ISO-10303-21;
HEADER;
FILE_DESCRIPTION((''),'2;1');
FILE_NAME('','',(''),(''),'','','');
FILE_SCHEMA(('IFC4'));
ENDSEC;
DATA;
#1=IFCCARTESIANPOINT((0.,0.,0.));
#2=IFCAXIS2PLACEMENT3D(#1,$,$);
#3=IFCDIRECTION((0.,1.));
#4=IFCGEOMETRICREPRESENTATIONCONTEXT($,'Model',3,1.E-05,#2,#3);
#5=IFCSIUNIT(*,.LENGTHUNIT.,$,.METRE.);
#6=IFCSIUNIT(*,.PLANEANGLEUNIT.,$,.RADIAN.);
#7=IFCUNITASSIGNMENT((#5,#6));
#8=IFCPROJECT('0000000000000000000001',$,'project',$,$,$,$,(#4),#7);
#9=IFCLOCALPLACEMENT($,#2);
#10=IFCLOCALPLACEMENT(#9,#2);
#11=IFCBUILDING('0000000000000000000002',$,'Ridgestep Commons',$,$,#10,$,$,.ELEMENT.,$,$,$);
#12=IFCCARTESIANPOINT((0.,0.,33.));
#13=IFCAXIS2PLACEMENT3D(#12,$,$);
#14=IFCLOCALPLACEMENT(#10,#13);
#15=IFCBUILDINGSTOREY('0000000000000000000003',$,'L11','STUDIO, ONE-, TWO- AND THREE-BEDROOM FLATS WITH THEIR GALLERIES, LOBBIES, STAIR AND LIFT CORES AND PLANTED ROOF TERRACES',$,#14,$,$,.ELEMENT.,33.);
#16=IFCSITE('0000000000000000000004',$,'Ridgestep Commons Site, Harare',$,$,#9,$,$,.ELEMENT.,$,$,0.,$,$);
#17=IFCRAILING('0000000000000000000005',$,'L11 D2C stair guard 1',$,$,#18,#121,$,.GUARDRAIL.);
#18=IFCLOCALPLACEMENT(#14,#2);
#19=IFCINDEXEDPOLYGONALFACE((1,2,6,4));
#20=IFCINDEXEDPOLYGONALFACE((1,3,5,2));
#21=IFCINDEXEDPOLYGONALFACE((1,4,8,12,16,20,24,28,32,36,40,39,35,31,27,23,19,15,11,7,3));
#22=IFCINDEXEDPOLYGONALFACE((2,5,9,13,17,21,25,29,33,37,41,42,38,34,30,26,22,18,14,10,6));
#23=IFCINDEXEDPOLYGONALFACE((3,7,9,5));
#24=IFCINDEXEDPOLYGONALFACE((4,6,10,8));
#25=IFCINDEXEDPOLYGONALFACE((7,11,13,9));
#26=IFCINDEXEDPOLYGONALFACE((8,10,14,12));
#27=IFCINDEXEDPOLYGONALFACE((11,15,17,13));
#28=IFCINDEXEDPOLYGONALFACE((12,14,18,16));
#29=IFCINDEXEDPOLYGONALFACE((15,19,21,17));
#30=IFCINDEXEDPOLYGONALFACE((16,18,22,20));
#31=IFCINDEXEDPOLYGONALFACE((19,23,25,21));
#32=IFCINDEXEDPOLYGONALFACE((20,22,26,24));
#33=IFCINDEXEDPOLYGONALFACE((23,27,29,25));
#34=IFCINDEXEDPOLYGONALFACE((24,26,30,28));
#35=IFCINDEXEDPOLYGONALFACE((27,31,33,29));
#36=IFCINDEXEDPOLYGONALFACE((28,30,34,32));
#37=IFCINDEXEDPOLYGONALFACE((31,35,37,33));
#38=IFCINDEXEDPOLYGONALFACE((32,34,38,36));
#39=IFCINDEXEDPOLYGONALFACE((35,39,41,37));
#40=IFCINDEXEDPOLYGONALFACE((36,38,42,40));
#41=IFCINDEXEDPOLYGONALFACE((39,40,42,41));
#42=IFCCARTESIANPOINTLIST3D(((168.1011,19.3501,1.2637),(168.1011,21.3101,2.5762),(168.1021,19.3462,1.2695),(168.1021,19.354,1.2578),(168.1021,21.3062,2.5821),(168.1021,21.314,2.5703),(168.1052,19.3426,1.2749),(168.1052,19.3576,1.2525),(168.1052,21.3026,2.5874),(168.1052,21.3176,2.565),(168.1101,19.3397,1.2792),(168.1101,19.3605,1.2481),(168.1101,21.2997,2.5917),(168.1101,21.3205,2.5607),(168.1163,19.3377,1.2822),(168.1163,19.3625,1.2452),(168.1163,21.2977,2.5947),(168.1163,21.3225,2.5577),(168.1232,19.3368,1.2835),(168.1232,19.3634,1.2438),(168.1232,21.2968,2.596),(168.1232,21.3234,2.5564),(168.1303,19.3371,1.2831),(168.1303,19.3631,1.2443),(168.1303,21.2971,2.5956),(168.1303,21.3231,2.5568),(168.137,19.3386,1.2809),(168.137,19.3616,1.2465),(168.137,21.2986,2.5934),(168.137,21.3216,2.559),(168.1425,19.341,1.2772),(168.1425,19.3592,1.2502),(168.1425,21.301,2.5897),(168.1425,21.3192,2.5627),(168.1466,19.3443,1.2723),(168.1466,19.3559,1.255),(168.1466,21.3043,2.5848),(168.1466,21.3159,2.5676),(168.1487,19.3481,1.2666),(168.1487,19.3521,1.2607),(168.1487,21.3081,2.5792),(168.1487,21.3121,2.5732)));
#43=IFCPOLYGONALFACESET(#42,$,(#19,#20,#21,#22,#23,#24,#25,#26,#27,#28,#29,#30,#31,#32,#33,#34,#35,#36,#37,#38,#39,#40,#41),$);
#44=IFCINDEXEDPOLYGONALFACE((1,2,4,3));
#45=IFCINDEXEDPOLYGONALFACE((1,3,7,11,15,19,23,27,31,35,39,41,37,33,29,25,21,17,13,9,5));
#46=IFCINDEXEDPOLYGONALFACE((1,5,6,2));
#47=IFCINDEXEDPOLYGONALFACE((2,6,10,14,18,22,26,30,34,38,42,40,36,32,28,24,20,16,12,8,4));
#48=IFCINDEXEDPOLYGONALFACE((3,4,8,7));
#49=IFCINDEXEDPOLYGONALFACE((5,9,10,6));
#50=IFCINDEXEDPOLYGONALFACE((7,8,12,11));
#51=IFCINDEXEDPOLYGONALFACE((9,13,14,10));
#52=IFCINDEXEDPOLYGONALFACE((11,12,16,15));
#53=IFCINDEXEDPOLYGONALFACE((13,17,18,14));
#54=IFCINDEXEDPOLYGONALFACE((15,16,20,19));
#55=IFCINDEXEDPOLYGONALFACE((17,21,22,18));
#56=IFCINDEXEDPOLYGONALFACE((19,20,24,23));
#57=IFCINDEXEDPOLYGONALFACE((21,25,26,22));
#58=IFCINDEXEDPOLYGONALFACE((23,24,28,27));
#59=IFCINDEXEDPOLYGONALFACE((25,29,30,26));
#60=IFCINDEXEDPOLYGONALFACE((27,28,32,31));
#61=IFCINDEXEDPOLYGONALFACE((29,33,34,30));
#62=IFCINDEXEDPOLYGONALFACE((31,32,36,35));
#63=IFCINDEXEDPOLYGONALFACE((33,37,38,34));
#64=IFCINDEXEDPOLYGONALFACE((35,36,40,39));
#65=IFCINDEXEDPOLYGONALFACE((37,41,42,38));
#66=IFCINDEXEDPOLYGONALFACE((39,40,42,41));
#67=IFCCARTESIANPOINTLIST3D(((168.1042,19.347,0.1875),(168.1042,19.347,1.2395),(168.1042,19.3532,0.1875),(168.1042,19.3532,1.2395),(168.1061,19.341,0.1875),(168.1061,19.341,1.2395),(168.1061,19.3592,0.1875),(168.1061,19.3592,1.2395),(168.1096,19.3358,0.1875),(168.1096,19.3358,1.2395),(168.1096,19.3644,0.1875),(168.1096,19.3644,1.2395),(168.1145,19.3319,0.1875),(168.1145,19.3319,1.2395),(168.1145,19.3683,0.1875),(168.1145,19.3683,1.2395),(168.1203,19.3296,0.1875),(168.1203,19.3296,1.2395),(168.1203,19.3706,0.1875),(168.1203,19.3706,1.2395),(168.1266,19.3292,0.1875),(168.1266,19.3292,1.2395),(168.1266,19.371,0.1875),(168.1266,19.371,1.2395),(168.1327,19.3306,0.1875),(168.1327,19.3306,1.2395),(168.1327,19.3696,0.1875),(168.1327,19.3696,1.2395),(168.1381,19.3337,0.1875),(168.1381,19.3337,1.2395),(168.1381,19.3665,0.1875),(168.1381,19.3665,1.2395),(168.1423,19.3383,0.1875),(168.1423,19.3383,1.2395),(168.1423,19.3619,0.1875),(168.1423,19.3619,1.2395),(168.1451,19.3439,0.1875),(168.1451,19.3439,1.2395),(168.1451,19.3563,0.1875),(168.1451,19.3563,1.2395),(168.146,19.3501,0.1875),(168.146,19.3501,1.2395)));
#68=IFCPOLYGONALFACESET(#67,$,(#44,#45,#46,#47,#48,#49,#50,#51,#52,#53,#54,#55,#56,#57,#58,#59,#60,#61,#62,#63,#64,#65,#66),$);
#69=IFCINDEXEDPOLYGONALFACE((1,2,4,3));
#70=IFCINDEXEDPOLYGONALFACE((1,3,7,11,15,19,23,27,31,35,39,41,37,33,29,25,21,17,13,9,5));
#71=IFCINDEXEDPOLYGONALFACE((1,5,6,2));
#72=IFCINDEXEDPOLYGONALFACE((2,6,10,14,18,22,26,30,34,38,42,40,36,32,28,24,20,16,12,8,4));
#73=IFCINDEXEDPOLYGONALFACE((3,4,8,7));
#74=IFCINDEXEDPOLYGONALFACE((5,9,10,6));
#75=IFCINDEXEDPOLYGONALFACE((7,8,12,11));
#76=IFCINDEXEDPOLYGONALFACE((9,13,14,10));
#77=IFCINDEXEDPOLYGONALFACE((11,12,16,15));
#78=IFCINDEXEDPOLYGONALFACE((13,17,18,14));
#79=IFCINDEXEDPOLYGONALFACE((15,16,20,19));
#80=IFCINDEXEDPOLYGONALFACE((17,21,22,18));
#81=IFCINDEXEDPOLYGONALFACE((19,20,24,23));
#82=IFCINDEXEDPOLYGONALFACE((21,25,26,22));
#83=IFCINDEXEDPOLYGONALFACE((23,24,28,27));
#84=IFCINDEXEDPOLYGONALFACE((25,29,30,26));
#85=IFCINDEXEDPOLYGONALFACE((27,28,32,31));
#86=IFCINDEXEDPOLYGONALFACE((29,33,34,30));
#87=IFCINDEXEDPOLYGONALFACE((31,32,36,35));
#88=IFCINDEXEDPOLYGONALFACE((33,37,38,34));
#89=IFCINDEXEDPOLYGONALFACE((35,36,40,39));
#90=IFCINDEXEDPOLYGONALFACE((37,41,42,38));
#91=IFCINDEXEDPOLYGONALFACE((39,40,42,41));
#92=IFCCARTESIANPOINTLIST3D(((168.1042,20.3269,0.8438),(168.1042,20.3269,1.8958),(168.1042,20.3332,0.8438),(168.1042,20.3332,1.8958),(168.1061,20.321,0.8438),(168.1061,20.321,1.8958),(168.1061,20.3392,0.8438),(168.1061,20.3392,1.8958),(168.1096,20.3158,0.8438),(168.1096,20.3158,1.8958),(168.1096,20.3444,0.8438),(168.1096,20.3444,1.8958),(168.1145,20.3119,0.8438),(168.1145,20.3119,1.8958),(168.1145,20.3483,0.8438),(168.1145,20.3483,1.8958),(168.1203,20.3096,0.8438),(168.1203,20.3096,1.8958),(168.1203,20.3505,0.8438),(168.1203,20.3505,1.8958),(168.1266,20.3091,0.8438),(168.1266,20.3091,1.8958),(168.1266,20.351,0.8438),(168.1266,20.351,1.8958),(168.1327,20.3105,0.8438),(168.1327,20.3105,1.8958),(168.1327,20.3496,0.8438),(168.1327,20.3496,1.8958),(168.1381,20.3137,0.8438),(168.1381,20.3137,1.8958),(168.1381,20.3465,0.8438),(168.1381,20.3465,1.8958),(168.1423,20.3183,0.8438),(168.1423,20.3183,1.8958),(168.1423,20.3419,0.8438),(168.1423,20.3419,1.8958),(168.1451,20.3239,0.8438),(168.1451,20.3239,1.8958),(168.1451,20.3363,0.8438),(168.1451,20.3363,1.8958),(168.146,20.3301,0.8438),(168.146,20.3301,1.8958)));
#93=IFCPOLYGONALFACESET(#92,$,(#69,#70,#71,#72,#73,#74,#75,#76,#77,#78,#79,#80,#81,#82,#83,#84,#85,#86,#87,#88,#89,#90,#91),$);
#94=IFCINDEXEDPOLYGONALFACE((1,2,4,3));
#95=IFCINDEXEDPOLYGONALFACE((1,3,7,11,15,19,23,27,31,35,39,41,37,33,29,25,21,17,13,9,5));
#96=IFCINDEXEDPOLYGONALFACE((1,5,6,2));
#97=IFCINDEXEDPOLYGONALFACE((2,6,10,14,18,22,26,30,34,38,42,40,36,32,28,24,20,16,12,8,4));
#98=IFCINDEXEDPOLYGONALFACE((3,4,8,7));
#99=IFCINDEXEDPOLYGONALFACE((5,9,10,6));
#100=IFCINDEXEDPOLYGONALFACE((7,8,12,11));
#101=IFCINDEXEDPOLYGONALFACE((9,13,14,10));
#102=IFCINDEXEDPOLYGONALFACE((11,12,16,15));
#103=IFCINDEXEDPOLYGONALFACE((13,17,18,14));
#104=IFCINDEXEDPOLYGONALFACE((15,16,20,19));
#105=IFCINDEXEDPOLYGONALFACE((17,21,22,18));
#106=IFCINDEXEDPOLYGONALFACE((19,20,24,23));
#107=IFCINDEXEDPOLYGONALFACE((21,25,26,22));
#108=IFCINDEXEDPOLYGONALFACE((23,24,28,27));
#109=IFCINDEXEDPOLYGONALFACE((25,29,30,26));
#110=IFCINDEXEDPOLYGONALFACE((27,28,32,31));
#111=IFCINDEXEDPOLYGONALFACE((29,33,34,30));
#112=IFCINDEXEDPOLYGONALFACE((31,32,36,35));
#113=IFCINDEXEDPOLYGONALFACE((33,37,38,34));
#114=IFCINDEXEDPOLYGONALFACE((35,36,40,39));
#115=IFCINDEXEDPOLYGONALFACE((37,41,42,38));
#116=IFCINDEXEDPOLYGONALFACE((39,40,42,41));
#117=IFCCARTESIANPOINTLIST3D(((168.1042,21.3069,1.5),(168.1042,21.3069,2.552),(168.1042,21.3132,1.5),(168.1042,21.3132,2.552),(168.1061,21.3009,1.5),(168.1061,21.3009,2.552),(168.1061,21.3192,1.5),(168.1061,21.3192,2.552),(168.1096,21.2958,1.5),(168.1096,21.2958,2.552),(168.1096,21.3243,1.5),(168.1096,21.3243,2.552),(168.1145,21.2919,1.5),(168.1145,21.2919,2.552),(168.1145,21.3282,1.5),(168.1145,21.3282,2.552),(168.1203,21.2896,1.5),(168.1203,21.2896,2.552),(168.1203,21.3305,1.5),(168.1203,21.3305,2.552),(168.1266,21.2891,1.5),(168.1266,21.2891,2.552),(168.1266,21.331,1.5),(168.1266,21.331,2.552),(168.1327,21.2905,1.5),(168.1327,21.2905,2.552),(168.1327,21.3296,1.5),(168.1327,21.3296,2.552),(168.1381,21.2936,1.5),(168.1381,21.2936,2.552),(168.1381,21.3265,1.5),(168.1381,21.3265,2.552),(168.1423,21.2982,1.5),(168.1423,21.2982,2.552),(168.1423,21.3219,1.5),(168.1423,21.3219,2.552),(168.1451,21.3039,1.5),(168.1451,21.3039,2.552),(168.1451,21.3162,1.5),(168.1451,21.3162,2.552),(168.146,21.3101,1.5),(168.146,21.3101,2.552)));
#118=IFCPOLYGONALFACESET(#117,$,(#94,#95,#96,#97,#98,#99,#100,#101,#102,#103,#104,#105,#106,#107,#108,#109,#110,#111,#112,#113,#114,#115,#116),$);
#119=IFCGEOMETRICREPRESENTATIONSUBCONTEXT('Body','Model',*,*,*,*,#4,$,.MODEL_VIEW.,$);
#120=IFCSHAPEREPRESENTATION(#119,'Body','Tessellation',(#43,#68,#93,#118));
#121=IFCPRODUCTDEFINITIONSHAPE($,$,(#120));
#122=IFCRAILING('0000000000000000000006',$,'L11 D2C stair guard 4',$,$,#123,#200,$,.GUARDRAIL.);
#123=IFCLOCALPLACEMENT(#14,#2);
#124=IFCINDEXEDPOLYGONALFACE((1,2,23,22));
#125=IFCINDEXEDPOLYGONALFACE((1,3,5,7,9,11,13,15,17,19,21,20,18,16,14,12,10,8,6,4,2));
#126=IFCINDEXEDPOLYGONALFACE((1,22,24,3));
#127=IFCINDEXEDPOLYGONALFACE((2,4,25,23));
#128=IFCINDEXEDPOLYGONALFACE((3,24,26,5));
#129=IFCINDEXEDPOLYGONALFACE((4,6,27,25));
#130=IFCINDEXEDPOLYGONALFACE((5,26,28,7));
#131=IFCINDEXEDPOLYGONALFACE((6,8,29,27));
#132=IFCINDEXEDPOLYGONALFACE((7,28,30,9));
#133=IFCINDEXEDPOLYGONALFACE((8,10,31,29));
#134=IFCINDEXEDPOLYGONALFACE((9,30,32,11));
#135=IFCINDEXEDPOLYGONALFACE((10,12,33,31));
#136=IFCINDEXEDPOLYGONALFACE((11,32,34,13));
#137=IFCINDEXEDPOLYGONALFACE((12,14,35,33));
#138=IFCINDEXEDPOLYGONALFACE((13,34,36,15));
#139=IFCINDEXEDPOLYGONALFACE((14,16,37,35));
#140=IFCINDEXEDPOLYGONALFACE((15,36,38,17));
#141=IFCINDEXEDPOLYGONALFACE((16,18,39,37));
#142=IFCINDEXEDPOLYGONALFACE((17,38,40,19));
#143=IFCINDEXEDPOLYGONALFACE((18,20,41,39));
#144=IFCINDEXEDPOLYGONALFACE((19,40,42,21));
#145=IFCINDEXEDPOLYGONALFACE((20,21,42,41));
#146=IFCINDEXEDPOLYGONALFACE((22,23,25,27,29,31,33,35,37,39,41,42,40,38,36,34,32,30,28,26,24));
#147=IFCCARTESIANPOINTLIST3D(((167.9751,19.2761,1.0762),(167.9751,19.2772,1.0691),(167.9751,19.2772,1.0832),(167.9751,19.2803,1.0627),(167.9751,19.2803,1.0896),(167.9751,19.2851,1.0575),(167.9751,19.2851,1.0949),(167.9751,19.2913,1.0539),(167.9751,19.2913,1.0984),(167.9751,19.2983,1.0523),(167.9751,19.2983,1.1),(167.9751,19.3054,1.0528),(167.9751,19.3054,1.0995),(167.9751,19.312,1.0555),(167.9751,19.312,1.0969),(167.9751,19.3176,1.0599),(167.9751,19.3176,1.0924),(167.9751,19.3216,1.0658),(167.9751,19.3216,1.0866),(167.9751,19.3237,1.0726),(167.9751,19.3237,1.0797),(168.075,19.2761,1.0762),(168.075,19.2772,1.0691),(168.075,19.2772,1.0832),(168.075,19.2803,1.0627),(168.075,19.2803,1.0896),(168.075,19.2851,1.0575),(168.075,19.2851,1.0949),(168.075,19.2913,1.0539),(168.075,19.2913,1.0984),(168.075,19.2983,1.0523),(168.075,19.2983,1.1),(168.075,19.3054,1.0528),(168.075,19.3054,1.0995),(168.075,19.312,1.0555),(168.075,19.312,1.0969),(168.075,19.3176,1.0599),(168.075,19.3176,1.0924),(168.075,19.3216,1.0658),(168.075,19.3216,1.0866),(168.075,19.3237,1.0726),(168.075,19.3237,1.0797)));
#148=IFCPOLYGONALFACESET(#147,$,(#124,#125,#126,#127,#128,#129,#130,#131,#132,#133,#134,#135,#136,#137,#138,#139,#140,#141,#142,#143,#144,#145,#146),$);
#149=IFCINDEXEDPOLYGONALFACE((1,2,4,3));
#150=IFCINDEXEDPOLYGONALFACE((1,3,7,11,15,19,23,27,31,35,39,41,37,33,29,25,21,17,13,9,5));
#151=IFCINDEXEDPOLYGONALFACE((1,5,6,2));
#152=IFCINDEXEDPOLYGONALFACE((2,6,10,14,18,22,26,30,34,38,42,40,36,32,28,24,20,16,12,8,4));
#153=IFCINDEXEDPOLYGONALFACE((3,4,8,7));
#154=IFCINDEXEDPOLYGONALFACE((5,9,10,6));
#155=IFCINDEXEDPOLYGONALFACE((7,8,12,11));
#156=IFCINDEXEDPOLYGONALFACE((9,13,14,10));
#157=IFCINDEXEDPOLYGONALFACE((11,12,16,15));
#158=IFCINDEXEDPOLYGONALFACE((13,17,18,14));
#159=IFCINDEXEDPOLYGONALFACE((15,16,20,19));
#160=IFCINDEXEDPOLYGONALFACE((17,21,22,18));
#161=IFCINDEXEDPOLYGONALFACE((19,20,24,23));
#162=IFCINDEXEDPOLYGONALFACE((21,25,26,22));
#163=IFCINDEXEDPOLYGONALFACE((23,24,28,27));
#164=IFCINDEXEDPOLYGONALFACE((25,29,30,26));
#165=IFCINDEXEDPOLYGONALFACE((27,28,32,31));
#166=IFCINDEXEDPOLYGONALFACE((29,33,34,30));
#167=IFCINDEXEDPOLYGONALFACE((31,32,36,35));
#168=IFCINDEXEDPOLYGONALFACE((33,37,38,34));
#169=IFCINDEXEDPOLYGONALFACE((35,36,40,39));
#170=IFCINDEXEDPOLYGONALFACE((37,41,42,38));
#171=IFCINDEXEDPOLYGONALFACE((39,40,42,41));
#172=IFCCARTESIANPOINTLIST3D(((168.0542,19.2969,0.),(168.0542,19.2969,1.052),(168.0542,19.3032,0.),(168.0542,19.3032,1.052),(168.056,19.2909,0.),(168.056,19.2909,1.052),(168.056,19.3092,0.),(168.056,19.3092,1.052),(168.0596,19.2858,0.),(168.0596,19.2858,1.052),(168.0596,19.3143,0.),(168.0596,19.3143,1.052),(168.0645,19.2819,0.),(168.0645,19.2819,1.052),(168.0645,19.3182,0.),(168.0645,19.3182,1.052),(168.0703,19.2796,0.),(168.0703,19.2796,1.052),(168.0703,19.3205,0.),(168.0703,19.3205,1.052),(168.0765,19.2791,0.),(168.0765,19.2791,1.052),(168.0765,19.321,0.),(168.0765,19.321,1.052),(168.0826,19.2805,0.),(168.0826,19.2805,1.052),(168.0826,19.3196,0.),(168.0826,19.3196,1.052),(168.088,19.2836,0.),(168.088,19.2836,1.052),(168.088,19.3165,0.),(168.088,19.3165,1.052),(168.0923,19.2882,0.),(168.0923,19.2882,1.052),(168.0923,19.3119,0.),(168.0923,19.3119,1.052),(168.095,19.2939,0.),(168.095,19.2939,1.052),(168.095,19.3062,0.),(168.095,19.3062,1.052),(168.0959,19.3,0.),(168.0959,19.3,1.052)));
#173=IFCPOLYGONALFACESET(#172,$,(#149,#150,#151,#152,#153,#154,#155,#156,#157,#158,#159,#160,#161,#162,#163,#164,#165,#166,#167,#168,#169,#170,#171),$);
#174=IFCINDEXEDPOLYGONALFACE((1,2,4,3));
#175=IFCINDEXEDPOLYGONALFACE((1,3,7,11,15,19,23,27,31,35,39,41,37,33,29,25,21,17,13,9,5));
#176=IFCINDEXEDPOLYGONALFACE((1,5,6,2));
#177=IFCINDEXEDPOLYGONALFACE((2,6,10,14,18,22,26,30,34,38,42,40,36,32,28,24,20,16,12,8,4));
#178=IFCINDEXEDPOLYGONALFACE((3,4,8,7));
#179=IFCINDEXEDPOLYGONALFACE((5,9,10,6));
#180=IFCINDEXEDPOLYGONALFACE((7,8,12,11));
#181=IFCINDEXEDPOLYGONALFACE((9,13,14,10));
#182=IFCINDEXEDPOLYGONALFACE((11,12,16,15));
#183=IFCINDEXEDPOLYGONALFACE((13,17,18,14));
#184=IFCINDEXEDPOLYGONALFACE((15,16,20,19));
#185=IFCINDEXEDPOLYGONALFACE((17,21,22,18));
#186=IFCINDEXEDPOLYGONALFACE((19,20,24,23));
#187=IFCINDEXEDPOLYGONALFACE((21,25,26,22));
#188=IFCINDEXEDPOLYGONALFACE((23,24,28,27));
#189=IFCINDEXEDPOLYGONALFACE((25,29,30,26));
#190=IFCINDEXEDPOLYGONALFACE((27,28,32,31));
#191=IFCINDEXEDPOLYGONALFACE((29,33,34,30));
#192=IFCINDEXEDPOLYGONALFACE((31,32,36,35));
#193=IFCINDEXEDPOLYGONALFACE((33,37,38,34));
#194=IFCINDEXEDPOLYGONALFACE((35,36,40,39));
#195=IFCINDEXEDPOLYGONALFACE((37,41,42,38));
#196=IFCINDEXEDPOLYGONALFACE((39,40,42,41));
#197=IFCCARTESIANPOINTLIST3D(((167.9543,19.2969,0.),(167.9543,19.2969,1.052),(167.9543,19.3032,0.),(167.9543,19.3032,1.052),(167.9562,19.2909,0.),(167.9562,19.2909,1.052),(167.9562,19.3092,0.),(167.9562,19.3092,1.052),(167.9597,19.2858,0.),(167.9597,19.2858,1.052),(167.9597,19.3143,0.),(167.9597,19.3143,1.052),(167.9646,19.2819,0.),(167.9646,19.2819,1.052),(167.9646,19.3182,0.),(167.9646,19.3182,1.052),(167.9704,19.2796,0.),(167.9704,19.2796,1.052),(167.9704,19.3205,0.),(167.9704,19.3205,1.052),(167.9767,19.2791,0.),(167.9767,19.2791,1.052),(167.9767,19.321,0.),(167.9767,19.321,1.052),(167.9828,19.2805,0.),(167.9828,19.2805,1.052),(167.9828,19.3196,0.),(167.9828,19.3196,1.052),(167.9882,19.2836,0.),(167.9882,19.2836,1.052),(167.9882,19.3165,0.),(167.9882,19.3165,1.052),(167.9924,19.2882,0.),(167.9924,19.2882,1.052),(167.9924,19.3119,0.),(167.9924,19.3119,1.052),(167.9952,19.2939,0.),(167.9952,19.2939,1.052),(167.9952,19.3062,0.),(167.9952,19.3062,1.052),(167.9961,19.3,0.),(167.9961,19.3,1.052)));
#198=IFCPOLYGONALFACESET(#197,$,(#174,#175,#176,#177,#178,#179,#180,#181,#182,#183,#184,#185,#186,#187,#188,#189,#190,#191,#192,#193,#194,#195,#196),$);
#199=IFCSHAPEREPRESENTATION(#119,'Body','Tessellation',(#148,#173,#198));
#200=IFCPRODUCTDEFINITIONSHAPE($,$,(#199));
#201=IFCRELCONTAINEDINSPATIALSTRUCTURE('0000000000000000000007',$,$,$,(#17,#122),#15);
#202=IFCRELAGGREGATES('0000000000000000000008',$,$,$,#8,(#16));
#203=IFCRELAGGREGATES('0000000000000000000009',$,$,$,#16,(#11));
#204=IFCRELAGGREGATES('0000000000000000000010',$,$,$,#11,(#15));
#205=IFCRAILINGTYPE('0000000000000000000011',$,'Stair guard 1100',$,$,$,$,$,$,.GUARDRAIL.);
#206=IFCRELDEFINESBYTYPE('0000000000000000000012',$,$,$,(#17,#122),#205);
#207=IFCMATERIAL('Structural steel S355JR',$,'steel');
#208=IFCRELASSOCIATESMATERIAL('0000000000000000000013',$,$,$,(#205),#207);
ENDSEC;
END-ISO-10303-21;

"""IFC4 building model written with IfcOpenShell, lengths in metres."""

from ifc_helpers import new_model, si_unit, direction, frame, origin, origin_2d, place, context, subcontext, project, spatial, circle, extrude, material, type_object, element, save


model = new_model("IFC4")

# Units and contexts
model_context = context("Model", 3, precision=1e-05, world=origin(), true_north=direction((0.0, 1.0)))
body_context = subcontext(model_context, "Body", "Model", "MODEL_VIEW")
ifc_project = project(units=[si_unit("LENGTHUNIT", "METRE"), si_unit("PLANEANGLEUNIT", "RADIAN")], contexts=[model_context])

# Site, building, storey
site_placement = place(None, origin())
site = spatial("IfcSite", under=ifc_project, at=site_placement, Name="Ridgestep Commons Site, Harare", CompositionType="ELEMENT", RefElevation=0.0)
building_placement = place(site_placement, origin())
building = spatial("IfcBuilding", under=site, at=building_placement, Name="Ridgestep Commons", CompositionType="ELEMENT")
storey_placement = place(building_placement, frame((0.0, 0.0, 33.0)))
storey = spatial("IfcBuildingStorey", under=building, at=storey_placement, Name="L11", Description="STUDIO, ONE-, TWO- AND THREE-BEDROOM FLATS WITH THEIR GALLERIES, LOBBIES, STAIR AND LIFT CORES AND PLANTED ROOF TERRACES", CompositionType="ELEMENT", Elevation=33.0)

# Railings
ifc_material_1 = material(Name="Structural steel S355JR", Category="steel")
railing_type_1 = type_object("IfcRailingType", Name="Stair guard 1100", PredefinedType="GUARDRAIL", material=ifc_material_1)
railing_1_placement = place(storey_placement, frame((168.125, 19.3501, 0.1875)))
element("IfcRailing", 1, at=railing_1_placement, inside=storey, type_object=railing_type_1, Name="L11 D2C stair guard 1", PredefinedType="GUARDRAIL", context=body_context, shape_type="SweptSolid", body=[
    extrude(circle(Radius=0.0239, at=origin_2d()), frame((0.0, 0.0, 1.0762), z_axis=(0.0, 0.830902, 0.556419), x_axis=(-1.0, 0.0, 0.0)), (0.0, 0.0, 1.0), 2.3589),
    extrude(circle(Radius=0.021, at=origin_2d()), origin(), (0.0, 0.0, 1.0), 1.052),
    extrude(circle(Radius=0.021, at=origin_2d()), frame((0.0, 0.98, 0.6562)), (0.0, 0.0, 1.0), 1.052),
    extrude(circle(Radius=0.021, at=origin_2d()), frame((0.0, 1.96, 1.3125)), (0.0, 0.0, 1.0), 1.052),
])
railing_2_placement = place(storey_placement, frame((168.075, 19.3, 0.0)))
element("IfcRailing", 2, at=railing_2_placement, inside=storey, type_object=railing_type_1, Name="L11 D2C stair guard 4", PredefinedType="GUARDRAIL", context=body_context, shape_type="SweptSolid", body=[
    extrude(circle(Radius=0.0239, at=origin_2d()), frame((0.0, 0.0, 1.0762), z_axis=(-1.0, 0.0, 0.0), x_axis=(0.0, -1.0, 0.0)), (0.0, 0.0, 1.0), 0.0999),
    extrude(circle(Radius=0.021, at=origin_2d()), origin(), (0.0, 0.0, 1.0), 1.052),
    extrude(circle(Radius=0.021, at=origin_2d()), frame((-0.0999, 0.0, 0.0)), (0.0, 0.0, 1.0), 1.052),
])

save(model, "model.ifc")
